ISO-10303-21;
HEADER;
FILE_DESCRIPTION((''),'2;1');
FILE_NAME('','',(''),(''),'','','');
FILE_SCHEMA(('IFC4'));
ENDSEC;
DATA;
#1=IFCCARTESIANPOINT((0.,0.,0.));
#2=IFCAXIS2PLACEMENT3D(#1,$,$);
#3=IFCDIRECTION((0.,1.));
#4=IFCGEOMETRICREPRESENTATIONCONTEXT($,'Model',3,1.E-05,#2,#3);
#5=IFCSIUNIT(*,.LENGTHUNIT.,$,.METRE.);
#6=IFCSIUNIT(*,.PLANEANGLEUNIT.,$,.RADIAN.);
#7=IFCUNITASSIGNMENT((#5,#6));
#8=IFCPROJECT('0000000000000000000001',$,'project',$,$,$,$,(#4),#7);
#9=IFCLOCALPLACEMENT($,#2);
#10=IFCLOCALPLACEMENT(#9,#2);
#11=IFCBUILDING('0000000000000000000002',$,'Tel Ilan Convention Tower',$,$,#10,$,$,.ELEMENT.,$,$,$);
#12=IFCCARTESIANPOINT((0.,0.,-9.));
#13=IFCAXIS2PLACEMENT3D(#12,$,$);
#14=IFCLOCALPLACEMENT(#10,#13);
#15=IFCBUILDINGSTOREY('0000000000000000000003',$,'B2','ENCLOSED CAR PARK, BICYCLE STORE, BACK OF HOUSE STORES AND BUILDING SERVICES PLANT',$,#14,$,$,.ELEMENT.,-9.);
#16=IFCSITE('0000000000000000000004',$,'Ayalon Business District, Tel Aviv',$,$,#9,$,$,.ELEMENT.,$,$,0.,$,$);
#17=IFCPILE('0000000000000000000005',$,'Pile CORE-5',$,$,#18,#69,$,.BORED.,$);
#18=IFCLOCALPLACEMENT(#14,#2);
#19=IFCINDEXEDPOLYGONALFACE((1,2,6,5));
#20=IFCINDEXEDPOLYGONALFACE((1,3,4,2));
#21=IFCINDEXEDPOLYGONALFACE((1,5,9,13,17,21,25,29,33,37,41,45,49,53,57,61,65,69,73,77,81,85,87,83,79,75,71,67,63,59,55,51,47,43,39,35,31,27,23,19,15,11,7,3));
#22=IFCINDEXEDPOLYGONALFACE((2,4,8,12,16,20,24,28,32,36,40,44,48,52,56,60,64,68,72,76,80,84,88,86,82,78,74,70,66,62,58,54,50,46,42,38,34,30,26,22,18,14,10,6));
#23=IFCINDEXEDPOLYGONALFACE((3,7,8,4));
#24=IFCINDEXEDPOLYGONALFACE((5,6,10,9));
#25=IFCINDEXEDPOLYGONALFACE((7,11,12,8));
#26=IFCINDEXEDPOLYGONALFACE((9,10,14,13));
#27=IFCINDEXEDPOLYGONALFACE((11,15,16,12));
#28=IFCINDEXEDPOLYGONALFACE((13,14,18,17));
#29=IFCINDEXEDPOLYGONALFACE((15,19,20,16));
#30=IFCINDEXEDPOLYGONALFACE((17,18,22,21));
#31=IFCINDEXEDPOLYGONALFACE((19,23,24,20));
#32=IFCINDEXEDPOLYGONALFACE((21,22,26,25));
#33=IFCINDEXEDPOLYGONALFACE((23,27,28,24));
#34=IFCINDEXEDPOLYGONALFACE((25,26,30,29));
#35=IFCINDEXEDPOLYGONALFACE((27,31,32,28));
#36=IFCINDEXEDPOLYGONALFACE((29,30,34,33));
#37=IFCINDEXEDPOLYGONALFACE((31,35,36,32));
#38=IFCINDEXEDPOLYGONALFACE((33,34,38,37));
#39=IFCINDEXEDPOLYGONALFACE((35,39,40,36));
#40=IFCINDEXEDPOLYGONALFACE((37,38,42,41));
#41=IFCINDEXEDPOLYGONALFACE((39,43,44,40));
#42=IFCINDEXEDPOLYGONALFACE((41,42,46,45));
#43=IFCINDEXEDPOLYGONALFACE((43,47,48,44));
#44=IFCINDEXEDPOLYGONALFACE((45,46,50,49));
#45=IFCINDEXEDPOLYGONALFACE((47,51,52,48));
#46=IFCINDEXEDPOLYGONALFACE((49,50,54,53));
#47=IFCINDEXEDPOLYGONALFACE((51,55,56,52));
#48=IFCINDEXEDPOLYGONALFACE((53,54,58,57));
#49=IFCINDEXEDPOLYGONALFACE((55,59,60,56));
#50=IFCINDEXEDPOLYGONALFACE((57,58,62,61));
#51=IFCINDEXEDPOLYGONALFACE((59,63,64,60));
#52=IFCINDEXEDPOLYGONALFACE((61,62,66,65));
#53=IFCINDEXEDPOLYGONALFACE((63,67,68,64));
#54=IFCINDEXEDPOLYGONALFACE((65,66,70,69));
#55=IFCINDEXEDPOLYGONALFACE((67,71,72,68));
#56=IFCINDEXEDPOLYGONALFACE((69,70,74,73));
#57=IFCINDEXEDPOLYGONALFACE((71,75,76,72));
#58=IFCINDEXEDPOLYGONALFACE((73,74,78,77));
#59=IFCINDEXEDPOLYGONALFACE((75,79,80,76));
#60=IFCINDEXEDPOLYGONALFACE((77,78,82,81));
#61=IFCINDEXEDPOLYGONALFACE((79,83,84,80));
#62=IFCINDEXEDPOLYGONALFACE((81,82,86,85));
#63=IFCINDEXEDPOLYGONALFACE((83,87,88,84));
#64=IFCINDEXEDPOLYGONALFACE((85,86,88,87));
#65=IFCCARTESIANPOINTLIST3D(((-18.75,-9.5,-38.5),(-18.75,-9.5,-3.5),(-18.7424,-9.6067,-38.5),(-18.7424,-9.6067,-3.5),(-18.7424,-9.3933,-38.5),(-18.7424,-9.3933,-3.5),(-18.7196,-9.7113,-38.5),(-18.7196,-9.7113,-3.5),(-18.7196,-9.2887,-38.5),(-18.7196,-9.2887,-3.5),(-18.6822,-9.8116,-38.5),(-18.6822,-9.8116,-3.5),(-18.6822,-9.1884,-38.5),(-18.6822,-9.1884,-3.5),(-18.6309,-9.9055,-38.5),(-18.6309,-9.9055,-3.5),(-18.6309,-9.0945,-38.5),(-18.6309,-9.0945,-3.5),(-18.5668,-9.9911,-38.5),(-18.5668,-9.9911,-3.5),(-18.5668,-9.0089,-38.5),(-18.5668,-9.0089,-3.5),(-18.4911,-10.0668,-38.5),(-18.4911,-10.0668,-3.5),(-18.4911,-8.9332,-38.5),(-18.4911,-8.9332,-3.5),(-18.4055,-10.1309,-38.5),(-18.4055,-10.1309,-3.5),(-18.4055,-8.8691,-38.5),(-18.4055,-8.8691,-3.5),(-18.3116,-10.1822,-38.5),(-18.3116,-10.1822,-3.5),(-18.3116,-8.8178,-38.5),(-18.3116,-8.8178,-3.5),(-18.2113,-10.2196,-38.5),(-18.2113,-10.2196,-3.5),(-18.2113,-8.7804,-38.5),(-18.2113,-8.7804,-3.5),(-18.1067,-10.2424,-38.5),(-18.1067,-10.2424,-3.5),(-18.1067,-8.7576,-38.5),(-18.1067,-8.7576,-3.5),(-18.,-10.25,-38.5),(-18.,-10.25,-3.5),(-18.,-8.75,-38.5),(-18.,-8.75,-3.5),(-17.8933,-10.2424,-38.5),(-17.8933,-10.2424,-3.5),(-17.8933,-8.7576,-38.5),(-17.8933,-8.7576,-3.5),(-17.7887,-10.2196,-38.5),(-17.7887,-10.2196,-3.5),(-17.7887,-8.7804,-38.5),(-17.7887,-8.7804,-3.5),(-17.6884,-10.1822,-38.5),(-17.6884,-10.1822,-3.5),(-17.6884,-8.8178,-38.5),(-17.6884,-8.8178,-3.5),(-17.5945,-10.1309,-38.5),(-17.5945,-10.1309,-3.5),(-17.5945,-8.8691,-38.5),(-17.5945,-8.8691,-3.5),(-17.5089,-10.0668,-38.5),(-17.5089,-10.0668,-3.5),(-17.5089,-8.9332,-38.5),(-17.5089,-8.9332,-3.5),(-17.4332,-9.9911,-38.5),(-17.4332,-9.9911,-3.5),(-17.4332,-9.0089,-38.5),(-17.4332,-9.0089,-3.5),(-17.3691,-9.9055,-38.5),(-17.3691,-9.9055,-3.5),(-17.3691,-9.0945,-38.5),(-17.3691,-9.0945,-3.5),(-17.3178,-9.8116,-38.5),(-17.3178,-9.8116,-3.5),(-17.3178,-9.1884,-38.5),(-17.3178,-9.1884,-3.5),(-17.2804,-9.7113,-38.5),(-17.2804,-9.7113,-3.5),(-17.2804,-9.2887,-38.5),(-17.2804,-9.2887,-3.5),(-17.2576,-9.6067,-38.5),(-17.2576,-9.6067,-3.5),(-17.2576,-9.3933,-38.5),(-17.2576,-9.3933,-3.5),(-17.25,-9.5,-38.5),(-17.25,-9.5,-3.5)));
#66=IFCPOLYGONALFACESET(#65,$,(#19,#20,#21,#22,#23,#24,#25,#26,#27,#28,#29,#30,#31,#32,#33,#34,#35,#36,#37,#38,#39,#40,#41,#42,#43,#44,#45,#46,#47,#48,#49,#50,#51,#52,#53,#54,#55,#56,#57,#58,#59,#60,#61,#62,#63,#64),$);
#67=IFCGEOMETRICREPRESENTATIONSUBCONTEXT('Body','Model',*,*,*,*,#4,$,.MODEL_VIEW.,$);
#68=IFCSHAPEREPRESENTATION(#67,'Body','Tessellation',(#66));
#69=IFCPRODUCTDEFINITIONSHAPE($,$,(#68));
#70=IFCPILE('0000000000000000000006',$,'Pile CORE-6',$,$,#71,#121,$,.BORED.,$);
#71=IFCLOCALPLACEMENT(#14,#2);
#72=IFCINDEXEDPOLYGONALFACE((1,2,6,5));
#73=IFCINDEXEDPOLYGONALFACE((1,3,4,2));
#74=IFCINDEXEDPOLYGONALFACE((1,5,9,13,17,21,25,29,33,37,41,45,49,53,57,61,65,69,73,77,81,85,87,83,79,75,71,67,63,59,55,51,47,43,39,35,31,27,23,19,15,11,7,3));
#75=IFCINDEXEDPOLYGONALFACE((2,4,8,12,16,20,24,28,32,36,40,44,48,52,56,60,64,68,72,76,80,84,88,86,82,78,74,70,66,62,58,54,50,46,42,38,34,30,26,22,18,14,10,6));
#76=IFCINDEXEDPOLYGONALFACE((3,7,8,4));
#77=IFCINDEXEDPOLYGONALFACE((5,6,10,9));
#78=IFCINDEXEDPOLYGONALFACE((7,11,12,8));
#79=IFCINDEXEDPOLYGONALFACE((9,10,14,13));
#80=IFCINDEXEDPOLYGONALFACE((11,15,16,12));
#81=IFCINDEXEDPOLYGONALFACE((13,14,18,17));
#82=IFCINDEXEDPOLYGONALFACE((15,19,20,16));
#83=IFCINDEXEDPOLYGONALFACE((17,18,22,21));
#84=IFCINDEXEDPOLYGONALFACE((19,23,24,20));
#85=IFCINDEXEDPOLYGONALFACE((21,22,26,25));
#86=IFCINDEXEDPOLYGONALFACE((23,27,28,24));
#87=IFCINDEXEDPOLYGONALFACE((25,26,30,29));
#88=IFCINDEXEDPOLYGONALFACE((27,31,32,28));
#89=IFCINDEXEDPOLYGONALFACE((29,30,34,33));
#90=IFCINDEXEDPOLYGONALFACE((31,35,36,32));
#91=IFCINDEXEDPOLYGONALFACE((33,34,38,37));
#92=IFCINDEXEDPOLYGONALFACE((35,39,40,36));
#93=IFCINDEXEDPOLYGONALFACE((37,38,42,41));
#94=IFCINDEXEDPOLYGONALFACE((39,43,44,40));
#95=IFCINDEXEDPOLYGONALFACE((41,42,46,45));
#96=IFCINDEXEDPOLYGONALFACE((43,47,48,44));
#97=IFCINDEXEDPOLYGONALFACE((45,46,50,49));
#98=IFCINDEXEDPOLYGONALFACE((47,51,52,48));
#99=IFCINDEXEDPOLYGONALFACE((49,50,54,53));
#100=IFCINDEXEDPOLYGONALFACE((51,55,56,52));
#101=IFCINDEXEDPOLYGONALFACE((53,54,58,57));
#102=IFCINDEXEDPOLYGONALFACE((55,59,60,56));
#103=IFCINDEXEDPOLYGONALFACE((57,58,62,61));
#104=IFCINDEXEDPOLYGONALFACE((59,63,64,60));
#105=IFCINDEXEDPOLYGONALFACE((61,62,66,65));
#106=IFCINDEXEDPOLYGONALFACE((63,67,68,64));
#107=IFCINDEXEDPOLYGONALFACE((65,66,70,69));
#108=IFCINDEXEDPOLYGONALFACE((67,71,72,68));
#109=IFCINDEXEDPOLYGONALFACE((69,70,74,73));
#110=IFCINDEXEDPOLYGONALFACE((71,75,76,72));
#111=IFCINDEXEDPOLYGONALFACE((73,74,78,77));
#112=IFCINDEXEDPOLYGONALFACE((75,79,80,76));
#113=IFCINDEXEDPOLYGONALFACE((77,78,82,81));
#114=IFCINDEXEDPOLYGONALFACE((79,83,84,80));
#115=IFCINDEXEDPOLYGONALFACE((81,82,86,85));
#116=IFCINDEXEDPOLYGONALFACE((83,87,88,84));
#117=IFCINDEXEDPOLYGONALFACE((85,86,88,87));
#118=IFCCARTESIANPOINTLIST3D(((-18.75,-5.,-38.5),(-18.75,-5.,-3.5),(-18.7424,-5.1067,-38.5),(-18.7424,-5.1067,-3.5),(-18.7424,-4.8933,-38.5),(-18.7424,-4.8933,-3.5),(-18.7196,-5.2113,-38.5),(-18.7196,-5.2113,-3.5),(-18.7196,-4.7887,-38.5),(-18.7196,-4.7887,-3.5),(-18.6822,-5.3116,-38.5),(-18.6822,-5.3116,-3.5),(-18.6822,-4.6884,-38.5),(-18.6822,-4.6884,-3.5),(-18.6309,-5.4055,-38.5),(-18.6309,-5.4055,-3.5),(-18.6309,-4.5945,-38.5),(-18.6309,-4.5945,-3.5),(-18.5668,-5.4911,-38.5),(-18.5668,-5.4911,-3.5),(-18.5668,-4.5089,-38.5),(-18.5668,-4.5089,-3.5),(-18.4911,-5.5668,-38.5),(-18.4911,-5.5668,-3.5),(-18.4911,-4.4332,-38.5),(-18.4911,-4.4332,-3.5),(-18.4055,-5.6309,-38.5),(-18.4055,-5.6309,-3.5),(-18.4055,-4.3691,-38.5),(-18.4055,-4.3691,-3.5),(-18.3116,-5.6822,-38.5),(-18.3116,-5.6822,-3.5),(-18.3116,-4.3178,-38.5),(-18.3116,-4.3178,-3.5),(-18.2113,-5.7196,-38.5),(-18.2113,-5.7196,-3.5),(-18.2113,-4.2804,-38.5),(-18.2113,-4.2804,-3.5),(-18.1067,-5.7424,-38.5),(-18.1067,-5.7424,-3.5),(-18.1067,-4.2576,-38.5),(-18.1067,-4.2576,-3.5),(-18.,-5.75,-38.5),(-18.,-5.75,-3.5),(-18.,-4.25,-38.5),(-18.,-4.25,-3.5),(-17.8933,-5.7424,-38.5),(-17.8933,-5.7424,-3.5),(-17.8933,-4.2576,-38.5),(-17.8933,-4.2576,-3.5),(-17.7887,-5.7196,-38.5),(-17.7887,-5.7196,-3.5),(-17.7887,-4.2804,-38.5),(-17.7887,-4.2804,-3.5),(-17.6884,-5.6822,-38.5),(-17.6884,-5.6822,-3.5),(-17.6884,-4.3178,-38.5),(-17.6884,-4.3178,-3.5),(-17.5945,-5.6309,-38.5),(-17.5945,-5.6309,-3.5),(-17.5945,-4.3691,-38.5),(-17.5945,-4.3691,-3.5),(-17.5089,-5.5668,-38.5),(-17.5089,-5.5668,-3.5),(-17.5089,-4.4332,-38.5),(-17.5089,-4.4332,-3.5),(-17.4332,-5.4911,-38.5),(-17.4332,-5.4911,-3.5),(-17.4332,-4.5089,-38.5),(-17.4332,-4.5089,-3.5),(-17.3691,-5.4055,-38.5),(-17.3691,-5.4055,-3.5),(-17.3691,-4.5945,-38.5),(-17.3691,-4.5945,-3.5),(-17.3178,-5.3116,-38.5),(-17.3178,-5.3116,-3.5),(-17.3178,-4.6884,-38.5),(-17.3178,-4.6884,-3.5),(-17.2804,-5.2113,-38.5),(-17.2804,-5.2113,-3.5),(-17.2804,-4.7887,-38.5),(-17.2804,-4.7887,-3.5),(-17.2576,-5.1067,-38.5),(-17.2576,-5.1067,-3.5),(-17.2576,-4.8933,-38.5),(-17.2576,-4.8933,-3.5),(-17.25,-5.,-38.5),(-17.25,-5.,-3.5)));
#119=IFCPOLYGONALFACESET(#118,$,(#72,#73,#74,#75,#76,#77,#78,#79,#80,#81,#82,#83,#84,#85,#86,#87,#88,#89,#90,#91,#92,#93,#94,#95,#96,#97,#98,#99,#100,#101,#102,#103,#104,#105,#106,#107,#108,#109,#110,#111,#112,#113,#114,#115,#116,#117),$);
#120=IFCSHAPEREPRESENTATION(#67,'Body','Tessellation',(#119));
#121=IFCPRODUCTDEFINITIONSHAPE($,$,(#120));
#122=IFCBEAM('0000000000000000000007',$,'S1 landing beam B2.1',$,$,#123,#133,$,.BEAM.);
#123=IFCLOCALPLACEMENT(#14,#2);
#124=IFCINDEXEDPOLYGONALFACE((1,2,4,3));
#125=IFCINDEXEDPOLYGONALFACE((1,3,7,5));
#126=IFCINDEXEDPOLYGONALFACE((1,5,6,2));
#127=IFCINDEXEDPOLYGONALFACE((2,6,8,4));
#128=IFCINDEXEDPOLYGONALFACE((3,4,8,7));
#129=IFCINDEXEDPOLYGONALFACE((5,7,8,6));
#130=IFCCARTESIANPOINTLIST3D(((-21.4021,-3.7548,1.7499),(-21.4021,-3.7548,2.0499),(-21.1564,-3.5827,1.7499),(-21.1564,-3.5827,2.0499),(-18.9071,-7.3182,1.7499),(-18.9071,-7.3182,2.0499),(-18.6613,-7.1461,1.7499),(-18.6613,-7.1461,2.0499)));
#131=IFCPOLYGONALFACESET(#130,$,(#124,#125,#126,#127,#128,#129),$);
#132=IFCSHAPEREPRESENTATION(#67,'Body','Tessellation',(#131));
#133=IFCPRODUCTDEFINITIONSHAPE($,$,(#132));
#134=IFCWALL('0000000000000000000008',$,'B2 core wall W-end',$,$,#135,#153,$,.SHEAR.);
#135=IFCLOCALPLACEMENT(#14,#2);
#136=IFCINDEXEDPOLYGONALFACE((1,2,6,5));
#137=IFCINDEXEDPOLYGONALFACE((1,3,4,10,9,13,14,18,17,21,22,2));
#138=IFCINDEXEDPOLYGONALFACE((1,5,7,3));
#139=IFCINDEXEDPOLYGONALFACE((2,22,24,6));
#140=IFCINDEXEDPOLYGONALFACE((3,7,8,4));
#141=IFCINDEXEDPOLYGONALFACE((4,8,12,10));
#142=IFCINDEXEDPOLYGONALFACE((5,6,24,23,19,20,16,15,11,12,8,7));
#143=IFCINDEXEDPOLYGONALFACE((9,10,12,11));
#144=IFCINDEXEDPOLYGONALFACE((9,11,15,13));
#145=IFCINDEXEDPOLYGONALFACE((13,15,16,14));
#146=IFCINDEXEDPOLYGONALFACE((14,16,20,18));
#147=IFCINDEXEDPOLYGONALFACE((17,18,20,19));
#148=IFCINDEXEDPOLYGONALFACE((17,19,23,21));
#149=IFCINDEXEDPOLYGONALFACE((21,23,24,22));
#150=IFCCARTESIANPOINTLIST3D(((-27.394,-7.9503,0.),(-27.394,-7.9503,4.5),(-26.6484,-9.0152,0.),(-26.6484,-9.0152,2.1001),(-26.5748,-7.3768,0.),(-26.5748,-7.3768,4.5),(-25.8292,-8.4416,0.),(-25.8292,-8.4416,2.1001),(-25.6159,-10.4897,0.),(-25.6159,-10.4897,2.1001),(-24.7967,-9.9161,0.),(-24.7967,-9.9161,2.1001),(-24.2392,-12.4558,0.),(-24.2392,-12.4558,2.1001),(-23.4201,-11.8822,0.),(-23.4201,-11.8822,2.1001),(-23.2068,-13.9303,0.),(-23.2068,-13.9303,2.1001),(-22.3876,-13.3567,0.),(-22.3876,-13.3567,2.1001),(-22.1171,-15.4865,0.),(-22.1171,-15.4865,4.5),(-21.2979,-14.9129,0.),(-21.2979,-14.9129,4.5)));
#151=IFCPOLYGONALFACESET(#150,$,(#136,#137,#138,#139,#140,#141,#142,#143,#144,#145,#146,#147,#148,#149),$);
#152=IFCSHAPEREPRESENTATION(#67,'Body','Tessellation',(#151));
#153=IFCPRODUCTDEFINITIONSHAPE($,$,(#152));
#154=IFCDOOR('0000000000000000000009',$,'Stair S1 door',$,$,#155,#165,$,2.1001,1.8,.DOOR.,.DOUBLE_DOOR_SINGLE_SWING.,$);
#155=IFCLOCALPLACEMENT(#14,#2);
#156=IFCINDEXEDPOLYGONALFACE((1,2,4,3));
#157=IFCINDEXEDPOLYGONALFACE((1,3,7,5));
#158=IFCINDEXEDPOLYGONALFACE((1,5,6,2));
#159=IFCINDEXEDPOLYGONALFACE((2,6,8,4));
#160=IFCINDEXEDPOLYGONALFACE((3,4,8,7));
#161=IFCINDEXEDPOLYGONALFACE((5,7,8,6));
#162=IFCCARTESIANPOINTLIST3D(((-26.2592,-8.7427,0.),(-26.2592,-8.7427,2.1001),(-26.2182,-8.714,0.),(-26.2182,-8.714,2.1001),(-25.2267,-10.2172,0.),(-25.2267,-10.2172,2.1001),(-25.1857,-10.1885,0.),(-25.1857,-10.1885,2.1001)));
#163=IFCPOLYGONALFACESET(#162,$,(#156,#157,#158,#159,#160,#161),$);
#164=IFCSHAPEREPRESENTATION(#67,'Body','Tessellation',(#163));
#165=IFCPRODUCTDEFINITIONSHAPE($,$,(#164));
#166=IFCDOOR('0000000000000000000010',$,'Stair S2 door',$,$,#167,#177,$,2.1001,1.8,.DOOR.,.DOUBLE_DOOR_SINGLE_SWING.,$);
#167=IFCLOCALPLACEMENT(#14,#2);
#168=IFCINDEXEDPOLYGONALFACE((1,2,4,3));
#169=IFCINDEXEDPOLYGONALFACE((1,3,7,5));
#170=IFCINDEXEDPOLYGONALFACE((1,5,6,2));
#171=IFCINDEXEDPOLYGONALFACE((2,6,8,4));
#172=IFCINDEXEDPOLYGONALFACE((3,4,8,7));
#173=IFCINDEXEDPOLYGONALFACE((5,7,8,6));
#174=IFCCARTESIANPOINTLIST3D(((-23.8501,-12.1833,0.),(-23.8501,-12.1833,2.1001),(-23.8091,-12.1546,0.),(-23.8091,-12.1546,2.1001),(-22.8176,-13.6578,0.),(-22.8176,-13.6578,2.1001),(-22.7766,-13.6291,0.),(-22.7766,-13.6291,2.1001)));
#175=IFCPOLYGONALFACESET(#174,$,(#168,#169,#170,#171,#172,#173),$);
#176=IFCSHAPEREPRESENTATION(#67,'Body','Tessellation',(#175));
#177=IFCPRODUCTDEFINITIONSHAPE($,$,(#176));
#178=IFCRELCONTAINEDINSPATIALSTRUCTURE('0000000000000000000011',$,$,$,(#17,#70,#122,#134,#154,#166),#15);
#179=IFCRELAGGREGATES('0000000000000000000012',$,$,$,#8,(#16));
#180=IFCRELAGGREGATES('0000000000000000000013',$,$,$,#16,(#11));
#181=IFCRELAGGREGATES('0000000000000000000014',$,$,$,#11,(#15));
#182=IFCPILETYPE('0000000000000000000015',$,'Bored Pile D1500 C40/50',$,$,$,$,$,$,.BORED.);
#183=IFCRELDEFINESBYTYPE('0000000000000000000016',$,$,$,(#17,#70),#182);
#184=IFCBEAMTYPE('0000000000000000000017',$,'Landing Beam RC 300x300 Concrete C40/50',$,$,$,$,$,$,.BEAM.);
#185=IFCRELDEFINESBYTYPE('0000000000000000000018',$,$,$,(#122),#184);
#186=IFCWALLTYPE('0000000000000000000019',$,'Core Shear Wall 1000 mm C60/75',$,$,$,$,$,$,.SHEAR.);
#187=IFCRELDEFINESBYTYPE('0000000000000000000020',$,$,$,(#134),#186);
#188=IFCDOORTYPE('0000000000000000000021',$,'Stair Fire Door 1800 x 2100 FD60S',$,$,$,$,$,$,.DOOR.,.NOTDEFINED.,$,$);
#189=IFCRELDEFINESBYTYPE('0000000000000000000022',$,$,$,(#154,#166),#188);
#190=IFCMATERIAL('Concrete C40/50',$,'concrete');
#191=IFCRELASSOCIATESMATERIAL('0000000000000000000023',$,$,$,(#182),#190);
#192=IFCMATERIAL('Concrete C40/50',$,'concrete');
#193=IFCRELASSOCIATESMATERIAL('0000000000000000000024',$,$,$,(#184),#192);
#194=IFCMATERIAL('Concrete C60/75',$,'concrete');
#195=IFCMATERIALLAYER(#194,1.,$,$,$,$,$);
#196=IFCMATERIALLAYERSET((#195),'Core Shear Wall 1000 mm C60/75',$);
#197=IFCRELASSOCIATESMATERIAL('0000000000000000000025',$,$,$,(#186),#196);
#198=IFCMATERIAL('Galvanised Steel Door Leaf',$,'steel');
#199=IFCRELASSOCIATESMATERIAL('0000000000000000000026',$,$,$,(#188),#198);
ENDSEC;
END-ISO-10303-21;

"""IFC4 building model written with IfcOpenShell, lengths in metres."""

from ifc_helpers import new_model, si_unit, direction, frame, frame_2d, origin, origin_2d, place, context, subcontext, project, spatial, polyline, rectangle, circle, outline, extrude, material, layer, layer_set, material_profile, profile_set, type_object, element, fill, save


model = new_model("IFC4")

# Units and contexts
model_context = context("Model", 3, precision=1e-05, world=origin(), true_north=direction((0.0, 1.0)))
body_context = subcontext(model_context, "Body", "Model", "MODEL_VIEW")
ifc_project = project(units=[si_unit("LENGTHUNIT", "METRE"), si_unit("PLANEANGLEUNIT", "RADIAN")], contexts=[model_context])

# Site, building, storey
site_placement = place(None, origin())
site = spatial("IfcSite", under=ifc_project, at=site_placement, Name="Ayalon Business District, Tel Aviv", CompositionType="ELEMENT", RefElevation=0.0)
building_placement = place(site_placement, origin())
building = spatial("IfcBuilding", under=site, at=building_placement, Name="Tel Ilan Convention Tower", CompositionType="ELEMENT")
storey_placement = place(building_placement, frame((0.0, 0.0, -9.0)))
storey = spatial("IfcBuildingStorey", under=building, at=storey_placement, Name="B2", Description="ENCLOSED CAR PARK, BICYCLE STORE, BACK OF HOUSE STORES AND BUILDING SERVICES PLANT", CompositionType="ELEMENT", Elevation=-9.0)

# Piles
ifc_material_1 = material(Name="Concrete C40/50", Category="concrete")
ifc_material_profile_1 = material_profile(ifc_material_1, circle(Radius=0.75, at=origin_2d()), Name="BORED D1500")
ifc_profile_set_1 = profile_set([ifc_material_profile_1], Name="Concrete C40/50")
pile_type = type_object("IfcPileType", Name="Bored Pile D1500 C40/50", PredefinedType="BORED", material=ifc_profile_set_1)
for number, where, z_axis, x_axis, name in (
    (1, (-18.0, -9.5, -3.5), (0.0, 0.0, -1.0), (1.0, 0.0, 0.0), "Pile CORE-5"),
    (2, (-18.0, -5.0, -3.5), (0.0, 0.0, -1.0), (1.0, 0.0, 0.0), "Pile CORE-6"),
):
    element("IfcPile", number, at=place(storey_placement, frame(where, z_axis=z_axis, x_axis=x_axis)), inside=storey, type_object=pile_type, Name=name, PredefinedType="BORED", context=body_context, shape_type="SweptSolid", body=[
        extrude(circle(Radius=0.75, at=origin_2d()), origin(), (0.0, 0.0, 1.0), 35.0),
    ])

# Beam
ifc_material_2 = material(Name="Concrete C40/50", Category="concrete")
ifc_material_profile_2 = material_profile(ifc_material_2, rectangle(XDim=0.3, YDim=0.3, at=origin_2d()), Name="RC 300x300")
ifc_profile_set_2 = profile_set([ifc_material_profile_2], Name="Concrete C40/50")
beam_type = type_object("IfcBeamType", Name="Landing Beam RC 300x300 Concrete C40/50", PredefinedType="BEAM", material=ifc_profile_set_2)
beam_placement = place(storey_placement, frame((-18.7842, -7.2322, 1.8999), z_axis=(-0.573568, 0.819158, 0.0), x_axis=(-0.819158, -0.573568, 0.0)))
element("IfcBeam", 3, at=beam_placement, inside=storey, type_object=beam_type, Name="S1 landing beam B2.1", PredefinedType="BEAM", context=body_context, shape_type="SweptSolid", body=[
    extrude(rectangle(XDim=0.3, YDim=0.3, at=origin_2d()), origin(), (0.0, 0.0, 1.0), 4.3501),
])

# Wall, openings, doors
ifc_material_3 = material(Name="Concrete C60/75", Category="concrete")
ifc_layer = layer(ifc_material_3, 1.0)
ifc_layer_set = layer_set([ifc_layer], Name="Core Shear Wall 1000 mm C60/75")
wall_type = type_object("IfcWallType", Name="Core Shear Wall 1000 mm C60/75", PredefinedType="SHEAR", material=ifc_layer_set)
wall_placement = place(storey_placement, frame((-21.7075, -15.1997, 0.0), z_axis=(0.0, 0.0, 1.0), x_axis=(-0.573576, 0.819152, 0.0)))
wall = element("IfcWall", 4, at=wall_placement, inside=storey, type_object=wall_type, Name="B2 core wall W-end", PredefinedType="SHEAR", context=body_context, shape_type="SweptSolid", body=[
    extrude(outline(polyline([(0.0, 0.5), (0.0, -0.5), (9.2, -0.5), (9.2, 0.5), (0.0, 0.5)])), origin(), (0.0, 0.0, 1.0), 4.5),
])
opening_1_placement = place(wall_placement, frame((6.1001, 0.0, 0.0)))
opening_1 = element("IfcOpeningElement", 5, at=opening_1_placement, cuts=wall, PredefinedType="OPENING", context=body_context, shape_type="SweptSolid", body=[
    extrude(rectangle(XDim=1.8, YDim=2.1001, at=frame_2d((0.8999, 1.05))), frame((0.0, 0.51, 0.0), z_axis=(0.0, -1.0, 0.0), x_axis=(1.0, 0.0, 0.0)), (0.0, 0.0, 1.0), 1.02),
])
opening_2_placement = place(wall_placement, frame((1.8999, 0.0, 0.0)))
opening_2 = element("IfcOpeningElement", 6, at=opening_2_placement, cuts=wall, PredefinedType="OPENING", context=body_context, shape_type="SweptSolid", body=[
    extrude(rectangle(XDim=1.8, YDim=2.1001, at=frame_2d((0.8999, 1.05))), frame((0.0, 0.51, 0.0), z_axis=(0.0, -1.0, 0.0), x_axis=(1.0, 0.0, 0.0)), (0.0, 0.0, 1.0), 1.02),
])
ifc_material_4 = material(Name="Galvanised Steel Door Leaf", Category="steel")
door_type = type_object("IfcDoorType", Name="Stair Fire Door 1800 x 2100 FD60S", OperationType="NOTDEFINED", PredefinedType="DOOR", material=ifc_material_4)
door_1_placement = place(opening_1_placement, origin())
door_1 = element("IfcDoor", 7, at=door_1_placement, inside=storey, type_object=door_type, Name="Stair S1 door", OperationType="DOUBLE_DOOR_SINGLE_SWING", OverallHeight=2.1001, OverallWidth=1.8, PredefinedType="DOOR", context=body_context, shape_type="SweptSolid", body=[
    extrude(rectangle(XDim=1.8, YDim=2.1001, at=frame_2d((0.8999, 1.05))), frame((0.0, 0.0249, 0.0), z_axis=(0.0, -1.0, 0.0), x_axis=(1.0, 0.0, 0.0)), (0.0, 0.0, 1.0), 0.05),
])
fill(opening_1, door_1)
door_2_placement = place(opening_2_placement, origin())
door_2 = element("IfcDoor", 8, at=door_2_placement, inside=storey, type_object=door_type, Name="Stair S2 door", OperationType="DOUBLE_DOOR_SINGLE_SWING", OverallHeight=2.1001, OverallWidth=1.8, PredefinedType="DOOR", context=body_context, shape_type="SweptSolid", body=[
    extrude(rectangle(XDim=1.8, YDim=2.1001, at=frame_2d((0.8999, 1.05))), frame((0.0, 0.0249, 0.0), z_axis=(0.0, -1.0, 0.0), x_axis=(1.0, 0.0, 0.0)), (0.0, 0.0, 1.0), 0.05),
])
fill(opening_2, door_2)

save(model, "model.ifc")
